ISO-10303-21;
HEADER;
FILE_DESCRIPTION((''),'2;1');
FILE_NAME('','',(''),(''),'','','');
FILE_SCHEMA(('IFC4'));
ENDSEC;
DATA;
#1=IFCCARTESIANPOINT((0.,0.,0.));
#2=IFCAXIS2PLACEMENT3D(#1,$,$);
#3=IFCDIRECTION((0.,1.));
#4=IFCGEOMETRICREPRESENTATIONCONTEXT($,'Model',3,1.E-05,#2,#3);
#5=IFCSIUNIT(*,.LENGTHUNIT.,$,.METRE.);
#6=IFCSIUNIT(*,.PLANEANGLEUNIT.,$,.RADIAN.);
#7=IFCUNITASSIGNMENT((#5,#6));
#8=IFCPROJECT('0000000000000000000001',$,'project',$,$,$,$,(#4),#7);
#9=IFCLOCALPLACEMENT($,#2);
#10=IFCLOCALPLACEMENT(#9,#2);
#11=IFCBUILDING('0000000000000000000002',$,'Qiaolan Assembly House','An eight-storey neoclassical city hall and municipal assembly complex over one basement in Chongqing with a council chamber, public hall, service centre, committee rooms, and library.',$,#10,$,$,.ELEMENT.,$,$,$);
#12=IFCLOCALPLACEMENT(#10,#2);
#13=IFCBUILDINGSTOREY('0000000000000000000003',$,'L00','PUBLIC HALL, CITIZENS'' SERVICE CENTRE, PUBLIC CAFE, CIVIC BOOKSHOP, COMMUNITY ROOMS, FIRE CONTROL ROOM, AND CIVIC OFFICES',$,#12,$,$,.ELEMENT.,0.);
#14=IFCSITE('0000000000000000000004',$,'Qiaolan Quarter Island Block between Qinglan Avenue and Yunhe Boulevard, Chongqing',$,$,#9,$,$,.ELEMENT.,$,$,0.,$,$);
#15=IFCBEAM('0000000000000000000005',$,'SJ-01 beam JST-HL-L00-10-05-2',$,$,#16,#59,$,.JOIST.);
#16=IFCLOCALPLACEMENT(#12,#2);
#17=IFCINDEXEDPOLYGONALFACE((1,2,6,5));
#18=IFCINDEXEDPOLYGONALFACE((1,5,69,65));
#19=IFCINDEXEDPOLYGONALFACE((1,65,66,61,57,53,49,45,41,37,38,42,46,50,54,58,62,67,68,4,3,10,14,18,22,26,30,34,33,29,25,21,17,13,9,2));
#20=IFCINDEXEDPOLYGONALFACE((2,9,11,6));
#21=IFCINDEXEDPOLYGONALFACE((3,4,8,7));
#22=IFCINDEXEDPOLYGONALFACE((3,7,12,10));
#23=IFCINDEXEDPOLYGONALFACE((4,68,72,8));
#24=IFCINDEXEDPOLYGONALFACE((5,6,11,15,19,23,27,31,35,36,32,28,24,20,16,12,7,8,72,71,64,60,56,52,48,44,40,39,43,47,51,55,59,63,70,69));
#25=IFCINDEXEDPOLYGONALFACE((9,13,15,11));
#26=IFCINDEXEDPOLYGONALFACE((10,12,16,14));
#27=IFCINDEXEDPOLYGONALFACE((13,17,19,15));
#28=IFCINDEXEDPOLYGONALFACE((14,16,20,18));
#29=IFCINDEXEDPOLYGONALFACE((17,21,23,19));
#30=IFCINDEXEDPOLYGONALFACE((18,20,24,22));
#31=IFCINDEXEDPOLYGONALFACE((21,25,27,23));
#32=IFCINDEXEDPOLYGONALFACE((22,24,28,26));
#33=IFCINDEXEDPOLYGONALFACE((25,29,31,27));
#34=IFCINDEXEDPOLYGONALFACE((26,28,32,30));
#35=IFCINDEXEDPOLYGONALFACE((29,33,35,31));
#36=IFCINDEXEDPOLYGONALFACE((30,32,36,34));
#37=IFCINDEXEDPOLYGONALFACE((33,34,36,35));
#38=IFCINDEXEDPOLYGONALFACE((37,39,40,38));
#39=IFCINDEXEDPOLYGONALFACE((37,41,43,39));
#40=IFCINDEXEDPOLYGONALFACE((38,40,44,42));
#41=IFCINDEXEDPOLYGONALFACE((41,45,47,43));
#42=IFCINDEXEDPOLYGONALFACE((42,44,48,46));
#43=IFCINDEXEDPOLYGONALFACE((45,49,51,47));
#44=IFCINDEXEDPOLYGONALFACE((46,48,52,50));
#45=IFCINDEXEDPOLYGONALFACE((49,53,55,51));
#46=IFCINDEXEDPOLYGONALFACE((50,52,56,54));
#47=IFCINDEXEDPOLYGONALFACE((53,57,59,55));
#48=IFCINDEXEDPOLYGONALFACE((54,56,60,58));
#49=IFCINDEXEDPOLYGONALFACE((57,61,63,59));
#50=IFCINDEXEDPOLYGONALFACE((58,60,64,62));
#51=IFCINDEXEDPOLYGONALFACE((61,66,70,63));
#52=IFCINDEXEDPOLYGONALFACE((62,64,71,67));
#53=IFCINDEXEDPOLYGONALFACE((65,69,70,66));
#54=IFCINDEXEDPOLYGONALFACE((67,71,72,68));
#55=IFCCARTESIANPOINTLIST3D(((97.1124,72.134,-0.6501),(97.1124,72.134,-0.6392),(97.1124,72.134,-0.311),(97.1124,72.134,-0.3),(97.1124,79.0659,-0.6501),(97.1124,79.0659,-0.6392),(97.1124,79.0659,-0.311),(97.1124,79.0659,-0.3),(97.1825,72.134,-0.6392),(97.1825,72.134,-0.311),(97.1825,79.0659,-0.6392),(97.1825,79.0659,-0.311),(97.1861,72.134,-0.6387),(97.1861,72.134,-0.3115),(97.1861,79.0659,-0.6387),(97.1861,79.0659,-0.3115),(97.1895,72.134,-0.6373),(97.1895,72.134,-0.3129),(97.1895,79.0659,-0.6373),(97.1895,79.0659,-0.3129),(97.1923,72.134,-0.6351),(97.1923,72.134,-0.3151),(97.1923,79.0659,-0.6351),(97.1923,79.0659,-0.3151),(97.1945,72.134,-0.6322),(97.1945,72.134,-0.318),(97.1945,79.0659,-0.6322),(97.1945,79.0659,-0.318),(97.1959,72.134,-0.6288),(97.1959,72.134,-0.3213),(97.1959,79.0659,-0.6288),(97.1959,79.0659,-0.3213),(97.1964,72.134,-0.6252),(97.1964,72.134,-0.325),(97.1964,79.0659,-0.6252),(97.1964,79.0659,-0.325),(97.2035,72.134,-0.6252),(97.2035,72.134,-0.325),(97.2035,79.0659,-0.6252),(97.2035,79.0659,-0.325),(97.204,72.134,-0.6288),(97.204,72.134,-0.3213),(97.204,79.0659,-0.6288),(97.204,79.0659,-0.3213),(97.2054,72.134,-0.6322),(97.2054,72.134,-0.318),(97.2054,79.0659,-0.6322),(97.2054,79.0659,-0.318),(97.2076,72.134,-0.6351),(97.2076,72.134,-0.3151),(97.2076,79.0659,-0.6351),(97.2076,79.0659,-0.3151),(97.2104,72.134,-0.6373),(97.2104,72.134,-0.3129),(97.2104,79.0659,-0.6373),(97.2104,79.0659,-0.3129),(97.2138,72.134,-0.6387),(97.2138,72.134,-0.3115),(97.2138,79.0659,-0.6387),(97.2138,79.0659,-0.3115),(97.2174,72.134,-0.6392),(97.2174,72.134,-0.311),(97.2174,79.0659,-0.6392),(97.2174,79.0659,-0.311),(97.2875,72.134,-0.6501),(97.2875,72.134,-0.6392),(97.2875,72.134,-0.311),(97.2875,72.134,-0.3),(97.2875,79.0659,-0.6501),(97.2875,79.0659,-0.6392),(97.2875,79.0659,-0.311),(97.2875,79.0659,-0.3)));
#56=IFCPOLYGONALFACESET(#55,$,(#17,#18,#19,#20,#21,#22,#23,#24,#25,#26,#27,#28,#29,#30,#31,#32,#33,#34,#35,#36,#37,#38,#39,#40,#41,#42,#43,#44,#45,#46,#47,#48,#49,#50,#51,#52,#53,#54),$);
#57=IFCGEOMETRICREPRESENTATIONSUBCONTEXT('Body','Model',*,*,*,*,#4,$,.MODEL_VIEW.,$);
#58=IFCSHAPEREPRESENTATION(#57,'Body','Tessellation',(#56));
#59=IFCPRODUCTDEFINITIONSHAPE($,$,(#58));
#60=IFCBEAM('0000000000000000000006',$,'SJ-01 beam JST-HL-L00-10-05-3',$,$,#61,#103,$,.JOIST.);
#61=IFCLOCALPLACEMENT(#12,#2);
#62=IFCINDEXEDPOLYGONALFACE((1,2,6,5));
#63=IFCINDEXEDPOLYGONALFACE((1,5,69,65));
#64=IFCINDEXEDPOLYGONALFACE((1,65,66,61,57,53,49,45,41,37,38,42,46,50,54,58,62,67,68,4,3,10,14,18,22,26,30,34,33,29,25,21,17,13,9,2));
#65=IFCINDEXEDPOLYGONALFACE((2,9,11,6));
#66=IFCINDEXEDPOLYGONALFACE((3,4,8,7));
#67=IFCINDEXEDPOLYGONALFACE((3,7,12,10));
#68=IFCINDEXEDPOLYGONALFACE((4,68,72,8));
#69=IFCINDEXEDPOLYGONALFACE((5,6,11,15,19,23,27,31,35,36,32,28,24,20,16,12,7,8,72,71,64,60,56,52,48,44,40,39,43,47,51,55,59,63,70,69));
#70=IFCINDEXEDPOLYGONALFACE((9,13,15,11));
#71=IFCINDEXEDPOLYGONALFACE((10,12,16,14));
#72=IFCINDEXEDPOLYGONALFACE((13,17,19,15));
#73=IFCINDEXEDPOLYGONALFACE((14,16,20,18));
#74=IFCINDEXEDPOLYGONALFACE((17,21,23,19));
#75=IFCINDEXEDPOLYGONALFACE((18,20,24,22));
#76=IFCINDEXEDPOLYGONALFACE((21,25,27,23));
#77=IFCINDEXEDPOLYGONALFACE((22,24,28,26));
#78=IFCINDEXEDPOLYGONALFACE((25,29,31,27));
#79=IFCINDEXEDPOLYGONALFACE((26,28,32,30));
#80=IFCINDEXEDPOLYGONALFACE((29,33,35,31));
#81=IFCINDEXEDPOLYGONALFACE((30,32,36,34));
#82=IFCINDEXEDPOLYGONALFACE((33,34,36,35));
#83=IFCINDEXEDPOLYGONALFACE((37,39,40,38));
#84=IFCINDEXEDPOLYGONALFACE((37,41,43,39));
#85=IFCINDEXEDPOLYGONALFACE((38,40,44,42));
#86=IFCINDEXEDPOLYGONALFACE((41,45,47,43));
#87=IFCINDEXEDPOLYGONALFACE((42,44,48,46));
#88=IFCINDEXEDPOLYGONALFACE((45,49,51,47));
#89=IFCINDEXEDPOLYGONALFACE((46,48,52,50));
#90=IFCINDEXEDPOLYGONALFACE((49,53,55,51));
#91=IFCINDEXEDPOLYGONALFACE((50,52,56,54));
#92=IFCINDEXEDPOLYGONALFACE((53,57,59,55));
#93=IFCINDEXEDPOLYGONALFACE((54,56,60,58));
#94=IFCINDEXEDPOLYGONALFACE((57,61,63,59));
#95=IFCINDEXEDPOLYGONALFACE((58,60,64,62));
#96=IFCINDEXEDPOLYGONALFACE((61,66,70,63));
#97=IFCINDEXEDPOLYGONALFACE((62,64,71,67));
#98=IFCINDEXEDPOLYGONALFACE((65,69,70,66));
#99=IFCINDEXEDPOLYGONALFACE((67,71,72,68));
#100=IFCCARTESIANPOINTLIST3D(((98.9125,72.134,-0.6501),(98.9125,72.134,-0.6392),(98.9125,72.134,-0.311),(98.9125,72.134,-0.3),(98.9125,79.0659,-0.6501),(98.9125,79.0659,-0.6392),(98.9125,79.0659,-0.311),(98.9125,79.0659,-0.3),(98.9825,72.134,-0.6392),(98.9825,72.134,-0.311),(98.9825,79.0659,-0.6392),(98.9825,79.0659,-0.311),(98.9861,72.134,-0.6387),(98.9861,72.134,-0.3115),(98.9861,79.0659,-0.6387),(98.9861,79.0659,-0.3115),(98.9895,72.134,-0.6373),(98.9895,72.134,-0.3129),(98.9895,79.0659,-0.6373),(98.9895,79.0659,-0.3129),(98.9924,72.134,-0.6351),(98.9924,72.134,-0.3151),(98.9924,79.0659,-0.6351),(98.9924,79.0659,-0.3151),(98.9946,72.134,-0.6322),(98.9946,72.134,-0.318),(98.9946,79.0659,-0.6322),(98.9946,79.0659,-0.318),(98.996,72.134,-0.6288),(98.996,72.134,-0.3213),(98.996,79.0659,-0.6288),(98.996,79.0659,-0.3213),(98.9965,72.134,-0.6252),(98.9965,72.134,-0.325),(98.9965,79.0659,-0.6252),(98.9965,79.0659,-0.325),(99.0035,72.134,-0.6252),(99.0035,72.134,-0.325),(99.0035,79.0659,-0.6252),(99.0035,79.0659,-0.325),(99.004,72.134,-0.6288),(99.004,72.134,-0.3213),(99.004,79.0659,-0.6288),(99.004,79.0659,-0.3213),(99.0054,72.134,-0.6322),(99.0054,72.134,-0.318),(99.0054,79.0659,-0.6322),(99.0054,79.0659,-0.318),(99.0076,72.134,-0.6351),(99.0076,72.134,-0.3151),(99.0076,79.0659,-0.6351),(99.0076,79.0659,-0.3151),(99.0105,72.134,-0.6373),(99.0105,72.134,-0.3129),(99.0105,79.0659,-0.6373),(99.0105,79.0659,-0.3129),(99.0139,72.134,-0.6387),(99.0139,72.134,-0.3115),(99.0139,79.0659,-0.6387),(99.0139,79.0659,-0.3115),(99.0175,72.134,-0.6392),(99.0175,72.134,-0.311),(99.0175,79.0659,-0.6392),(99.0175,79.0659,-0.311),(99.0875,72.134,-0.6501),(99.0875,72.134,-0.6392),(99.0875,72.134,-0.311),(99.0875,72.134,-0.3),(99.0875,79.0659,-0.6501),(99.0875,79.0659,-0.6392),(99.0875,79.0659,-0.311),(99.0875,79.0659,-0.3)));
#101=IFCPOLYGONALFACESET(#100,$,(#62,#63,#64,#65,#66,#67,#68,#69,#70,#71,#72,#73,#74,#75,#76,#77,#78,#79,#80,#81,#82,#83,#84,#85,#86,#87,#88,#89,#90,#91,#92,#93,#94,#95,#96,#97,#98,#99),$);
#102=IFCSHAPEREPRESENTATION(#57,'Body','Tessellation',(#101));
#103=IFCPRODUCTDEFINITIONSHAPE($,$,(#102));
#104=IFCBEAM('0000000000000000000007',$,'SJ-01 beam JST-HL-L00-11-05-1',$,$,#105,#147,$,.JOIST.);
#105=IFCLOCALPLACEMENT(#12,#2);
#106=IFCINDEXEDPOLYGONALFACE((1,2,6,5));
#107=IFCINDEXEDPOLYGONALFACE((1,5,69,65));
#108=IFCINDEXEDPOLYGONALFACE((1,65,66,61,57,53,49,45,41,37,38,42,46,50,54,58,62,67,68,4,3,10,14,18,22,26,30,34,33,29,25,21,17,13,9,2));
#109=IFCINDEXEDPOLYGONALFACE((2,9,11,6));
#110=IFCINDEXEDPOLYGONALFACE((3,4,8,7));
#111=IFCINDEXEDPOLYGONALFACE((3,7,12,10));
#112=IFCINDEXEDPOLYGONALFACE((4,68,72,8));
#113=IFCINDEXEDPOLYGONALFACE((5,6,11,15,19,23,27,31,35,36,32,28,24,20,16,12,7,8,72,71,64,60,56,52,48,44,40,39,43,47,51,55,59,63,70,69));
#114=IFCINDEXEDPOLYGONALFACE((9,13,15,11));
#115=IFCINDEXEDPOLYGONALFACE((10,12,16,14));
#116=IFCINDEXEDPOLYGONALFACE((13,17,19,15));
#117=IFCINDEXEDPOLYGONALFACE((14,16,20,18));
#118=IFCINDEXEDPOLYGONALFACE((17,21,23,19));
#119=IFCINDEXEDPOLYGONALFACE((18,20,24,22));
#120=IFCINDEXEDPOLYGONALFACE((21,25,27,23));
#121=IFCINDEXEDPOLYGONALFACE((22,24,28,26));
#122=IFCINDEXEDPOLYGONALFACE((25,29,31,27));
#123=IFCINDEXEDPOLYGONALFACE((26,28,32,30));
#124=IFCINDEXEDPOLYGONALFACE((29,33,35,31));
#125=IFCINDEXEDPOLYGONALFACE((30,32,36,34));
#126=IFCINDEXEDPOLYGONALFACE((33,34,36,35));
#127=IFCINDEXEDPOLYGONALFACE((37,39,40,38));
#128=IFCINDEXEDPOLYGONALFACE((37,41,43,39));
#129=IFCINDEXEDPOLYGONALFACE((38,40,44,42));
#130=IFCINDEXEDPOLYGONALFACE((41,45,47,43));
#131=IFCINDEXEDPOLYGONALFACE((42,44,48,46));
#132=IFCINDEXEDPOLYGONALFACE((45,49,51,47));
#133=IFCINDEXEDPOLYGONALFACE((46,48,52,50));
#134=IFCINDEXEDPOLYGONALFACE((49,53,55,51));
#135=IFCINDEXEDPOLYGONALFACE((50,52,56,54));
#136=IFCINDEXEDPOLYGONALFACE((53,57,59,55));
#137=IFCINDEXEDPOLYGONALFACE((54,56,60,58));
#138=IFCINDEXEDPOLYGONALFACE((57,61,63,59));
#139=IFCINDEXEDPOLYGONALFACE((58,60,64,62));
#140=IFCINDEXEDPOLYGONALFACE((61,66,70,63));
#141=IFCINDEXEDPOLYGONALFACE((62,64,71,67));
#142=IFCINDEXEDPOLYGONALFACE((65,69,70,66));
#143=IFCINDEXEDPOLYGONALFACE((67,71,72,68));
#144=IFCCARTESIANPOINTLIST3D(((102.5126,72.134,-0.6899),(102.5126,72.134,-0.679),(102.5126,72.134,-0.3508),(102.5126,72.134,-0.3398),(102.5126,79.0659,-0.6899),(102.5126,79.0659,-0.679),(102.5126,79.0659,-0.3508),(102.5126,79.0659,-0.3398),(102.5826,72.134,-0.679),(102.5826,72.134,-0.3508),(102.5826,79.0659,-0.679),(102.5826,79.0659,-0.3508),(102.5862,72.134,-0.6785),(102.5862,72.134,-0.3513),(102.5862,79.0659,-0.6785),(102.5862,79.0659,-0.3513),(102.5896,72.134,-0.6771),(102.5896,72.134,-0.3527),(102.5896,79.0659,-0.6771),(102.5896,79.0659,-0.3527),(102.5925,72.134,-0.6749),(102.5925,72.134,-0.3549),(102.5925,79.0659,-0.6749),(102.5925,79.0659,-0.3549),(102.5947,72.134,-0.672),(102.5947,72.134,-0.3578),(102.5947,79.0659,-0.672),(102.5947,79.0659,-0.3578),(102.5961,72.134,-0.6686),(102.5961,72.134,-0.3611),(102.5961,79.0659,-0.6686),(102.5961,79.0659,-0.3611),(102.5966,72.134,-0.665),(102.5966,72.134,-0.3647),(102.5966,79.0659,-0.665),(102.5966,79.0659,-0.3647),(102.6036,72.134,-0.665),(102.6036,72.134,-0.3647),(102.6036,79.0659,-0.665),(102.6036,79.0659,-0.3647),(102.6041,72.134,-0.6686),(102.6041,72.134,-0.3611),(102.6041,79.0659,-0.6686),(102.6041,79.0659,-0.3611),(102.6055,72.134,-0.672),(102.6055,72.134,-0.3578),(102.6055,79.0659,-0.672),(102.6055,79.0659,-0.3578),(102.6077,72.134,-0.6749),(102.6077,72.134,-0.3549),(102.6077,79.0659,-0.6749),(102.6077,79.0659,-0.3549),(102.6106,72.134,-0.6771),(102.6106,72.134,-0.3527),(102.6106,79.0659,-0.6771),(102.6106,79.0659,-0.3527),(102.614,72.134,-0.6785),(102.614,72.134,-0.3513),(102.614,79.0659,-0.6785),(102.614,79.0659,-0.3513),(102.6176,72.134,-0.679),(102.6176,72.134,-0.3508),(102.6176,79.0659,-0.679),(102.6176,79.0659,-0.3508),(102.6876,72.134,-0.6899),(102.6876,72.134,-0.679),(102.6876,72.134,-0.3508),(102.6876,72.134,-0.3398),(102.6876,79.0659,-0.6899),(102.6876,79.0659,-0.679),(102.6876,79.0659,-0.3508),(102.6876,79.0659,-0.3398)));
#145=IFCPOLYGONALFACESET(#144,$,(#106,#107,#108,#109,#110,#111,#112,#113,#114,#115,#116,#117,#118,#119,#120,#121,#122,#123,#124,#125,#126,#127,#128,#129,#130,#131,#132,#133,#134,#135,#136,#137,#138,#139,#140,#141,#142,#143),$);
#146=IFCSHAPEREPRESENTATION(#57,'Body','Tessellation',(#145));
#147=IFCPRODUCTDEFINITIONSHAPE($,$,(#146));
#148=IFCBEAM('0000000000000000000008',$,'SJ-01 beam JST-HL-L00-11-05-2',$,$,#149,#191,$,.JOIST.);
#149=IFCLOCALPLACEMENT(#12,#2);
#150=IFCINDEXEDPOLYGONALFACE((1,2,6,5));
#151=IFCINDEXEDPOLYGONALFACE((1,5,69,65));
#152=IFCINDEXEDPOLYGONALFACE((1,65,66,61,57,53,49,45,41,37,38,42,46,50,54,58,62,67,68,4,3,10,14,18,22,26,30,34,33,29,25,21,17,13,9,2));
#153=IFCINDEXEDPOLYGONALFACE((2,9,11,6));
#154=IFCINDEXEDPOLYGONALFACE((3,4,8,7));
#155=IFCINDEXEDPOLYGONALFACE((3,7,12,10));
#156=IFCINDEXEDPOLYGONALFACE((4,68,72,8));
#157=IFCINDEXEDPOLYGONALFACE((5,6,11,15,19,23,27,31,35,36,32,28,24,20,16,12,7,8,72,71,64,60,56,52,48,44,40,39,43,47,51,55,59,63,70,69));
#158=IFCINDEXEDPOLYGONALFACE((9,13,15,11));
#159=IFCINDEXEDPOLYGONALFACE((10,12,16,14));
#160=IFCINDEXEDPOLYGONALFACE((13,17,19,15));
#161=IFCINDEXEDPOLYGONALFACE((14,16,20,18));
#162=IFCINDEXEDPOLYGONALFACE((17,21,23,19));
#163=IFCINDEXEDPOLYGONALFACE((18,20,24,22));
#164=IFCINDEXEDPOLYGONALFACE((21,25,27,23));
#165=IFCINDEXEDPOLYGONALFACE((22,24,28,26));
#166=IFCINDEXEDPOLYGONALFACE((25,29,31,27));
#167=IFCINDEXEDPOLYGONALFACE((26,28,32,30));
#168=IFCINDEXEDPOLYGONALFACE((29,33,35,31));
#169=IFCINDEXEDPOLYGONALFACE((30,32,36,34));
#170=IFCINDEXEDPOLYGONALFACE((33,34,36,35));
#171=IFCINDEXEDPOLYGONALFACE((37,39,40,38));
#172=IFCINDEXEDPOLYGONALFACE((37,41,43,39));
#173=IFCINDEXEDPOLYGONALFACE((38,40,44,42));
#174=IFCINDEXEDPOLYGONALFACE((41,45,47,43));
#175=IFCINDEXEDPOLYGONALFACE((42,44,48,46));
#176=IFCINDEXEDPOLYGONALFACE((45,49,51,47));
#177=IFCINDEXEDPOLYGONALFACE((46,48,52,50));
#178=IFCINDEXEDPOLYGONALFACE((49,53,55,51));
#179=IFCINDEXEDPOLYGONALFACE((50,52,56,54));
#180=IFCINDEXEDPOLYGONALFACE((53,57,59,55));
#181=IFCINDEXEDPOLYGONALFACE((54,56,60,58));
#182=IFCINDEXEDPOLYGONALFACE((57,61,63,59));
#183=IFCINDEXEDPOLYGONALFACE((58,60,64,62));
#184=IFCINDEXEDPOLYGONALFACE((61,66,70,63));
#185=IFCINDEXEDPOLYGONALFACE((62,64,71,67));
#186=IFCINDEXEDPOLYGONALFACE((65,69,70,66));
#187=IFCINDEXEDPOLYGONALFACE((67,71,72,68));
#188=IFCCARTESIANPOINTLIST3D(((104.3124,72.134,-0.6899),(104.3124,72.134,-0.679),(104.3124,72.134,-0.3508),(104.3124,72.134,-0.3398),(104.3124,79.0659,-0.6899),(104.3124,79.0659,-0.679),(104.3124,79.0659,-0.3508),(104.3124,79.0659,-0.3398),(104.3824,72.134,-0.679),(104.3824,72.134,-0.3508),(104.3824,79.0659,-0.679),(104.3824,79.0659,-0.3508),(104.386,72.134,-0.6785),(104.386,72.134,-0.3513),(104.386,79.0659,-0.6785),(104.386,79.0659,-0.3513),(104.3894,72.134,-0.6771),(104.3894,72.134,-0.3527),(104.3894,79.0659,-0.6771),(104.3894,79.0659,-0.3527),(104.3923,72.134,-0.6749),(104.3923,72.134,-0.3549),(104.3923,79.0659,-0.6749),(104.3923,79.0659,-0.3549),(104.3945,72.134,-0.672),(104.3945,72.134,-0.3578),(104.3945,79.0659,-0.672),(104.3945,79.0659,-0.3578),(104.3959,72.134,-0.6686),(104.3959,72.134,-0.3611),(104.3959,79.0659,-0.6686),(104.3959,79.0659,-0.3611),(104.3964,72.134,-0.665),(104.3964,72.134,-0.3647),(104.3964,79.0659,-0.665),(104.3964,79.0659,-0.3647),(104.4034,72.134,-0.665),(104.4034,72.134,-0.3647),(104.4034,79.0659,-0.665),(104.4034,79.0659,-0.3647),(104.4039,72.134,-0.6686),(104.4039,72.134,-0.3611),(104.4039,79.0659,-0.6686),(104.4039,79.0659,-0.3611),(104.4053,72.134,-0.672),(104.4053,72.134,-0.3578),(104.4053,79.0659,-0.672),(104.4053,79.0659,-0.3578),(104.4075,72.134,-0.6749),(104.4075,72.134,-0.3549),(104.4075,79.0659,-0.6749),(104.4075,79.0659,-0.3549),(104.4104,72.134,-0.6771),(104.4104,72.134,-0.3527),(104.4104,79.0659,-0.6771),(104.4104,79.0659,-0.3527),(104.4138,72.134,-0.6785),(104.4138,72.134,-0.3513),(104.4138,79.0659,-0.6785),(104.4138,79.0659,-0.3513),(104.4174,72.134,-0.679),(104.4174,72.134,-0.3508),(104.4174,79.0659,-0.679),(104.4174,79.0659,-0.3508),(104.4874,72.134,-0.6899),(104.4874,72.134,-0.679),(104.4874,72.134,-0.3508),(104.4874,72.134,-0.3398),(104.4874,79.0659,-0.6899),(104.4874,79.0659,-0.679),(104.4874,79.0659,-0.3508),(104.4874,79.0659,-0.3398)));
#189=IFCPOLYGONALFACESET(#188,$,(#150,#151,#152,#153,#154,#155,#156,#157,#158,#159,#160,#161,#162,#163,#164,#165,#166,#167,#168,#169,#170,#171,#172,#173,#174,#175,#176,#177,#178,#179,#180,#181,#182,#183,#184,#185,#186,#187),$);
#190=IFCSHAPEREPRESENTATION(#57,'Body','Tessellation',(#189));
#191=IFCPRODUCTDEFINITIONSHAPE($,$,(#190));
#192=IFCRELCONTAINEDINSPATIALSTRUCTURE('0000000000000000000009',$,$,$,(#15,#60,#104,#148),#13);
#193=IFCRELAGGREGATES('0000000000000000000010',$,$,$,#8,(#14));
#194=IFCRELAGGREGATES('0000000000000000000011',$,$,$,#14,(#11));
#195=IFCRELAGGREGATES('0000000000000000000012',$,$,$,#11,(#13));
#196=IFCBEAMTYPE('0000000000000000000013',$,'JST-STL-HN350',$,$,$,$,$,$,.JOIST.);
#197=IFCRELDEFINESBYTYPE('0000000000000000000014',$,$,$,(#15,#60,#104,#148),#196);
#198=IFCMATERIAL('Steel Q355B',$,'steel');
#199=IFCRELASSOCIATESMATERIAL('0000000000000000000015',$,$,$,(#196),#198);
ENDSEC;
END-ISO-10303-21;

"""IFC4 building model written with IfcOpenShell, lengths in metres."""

from ifc_helpers import new_model, si_unit, direction, frame, origin, origin_2d, place, context, subcontext, project, spatial, i_section, extrude, material, material_profile, profile_set, type_object, element, save


model = new_model("IFC4")

# Units and contexts
model_context = context("Model", 3, precision=1e-05, world=origin(), true_north=direction((0.0, 1.0)))
body_context = subcontext(model_context, "Body", "Model", "MODEL_VIEW")
ifc_project = project(units=[si_unit("LENGTHUNIT", "METRE"), si_unit("PLANEANGLEUNIT", "RADIAN")], contexts=[model_context])

# Site, building, storey
site_placement = place(None, origin())
site = spatial("IfcSite", under=ifc_project, at=site_placement, Name="Qiaolan Quarter Island Block between Qinglan Avenue and Yunhe Boulevard, Chongqing", CompositionType="ELEMENT", RefElevation=0.0)
building_placement = place(site_placement, origin())
building = spatial("IfcBuilding", under=site, at=building_placement, Name="Qiaolan Assembly House", Description="An eight-storey neoclassical city hall and municipal assembly complex over one basement in Chongqing with a council chamber, public hall, service centre, committee rooms, and library.", CompositionType="ELEMENT")
storey_placement = place(building_placement, origin())
storey = spatial("IfcBuildingStorey", under=building, at=storey_placement, Name="L00", Description="PUBLIC HALL, CITIZENS' SERVICE CENTRE, PUBLIC CAFE, CIVIC BOOKSHOP, COMMUNITY ROOMS, FIRE CONTROL ROOM, AND CIVIC OFFICES", CompositionType="ELEMENT", Elevation=0.0)

# Shared definitions
ifc_material_1 = material(Name="Steel Q355B", Category="steel")

# Beams
ifc_material_profile_1 = material_profile(ifc_material_1, i_section(OverallWidth=0.175, OverallDepth=0.3501, WebThickness=0.0071, FlangeThickness=0.011, FilletRadius=0.0139, at=origin_2d()), Name="HN 350x175x7x11")
ifc_profile_set_1 = profile_set([ifc_material_profile_1], Name="Steel Q355B")
beam_type_1 = type_object("IfcBeamType", Name="JST-STL-HN350", PredefinedType="JOIST", material=ifc_profile_set_1)
for number, where, z_axis, x_axis, name in (
    (1, (97.2, 72.134, -0.4751), (0.0, 1.0, 0.0), (-1.0, 0.0, 0.0), "SJ-01 beam JST-HL-L00-10-05-2"),
    (2, (99.0, 72.134, -0.4751), (0.0, 1.0, 0.0), (-1.0, 0.0, 0.0), "SJ-01 beam JST-HL-L00-10-05-3"),
    (3, (102.6001, 72.134, -0.5149), (0.0, 1.0, 0.0), (-1.0, 0.0, 0.0), "SJ-01 beam JST-HL-L00-11-05-1"),
    (4, (104.3999, 72.134, -0.5149), (0.0, 1.0, 0.0), (-1.0, 0.0, 0.0), "SJ-01 beam JST-HL-L00-11-05-2"),
):
    element("IfcBeam", number, at=place(storey_placement, frame(where, z_axis=z_axis, x_axis=x_axis)), inside=storey, type_object=beam_type_1, Name=name, PredefinedType="JOIST", context=body_context, shape_type="SweptSolid", body=[
        extrude(i_section(OverallWidth=0.175, OverallDepth=0.3501, WebThickness=0.0071, FlangeThickness=0.011, FilletRadius=0.0139, at=origin_2d()), origin(), (0.0, 0.0, 1.0), 6.9319),
    ])

save(model, "model.ifc")
